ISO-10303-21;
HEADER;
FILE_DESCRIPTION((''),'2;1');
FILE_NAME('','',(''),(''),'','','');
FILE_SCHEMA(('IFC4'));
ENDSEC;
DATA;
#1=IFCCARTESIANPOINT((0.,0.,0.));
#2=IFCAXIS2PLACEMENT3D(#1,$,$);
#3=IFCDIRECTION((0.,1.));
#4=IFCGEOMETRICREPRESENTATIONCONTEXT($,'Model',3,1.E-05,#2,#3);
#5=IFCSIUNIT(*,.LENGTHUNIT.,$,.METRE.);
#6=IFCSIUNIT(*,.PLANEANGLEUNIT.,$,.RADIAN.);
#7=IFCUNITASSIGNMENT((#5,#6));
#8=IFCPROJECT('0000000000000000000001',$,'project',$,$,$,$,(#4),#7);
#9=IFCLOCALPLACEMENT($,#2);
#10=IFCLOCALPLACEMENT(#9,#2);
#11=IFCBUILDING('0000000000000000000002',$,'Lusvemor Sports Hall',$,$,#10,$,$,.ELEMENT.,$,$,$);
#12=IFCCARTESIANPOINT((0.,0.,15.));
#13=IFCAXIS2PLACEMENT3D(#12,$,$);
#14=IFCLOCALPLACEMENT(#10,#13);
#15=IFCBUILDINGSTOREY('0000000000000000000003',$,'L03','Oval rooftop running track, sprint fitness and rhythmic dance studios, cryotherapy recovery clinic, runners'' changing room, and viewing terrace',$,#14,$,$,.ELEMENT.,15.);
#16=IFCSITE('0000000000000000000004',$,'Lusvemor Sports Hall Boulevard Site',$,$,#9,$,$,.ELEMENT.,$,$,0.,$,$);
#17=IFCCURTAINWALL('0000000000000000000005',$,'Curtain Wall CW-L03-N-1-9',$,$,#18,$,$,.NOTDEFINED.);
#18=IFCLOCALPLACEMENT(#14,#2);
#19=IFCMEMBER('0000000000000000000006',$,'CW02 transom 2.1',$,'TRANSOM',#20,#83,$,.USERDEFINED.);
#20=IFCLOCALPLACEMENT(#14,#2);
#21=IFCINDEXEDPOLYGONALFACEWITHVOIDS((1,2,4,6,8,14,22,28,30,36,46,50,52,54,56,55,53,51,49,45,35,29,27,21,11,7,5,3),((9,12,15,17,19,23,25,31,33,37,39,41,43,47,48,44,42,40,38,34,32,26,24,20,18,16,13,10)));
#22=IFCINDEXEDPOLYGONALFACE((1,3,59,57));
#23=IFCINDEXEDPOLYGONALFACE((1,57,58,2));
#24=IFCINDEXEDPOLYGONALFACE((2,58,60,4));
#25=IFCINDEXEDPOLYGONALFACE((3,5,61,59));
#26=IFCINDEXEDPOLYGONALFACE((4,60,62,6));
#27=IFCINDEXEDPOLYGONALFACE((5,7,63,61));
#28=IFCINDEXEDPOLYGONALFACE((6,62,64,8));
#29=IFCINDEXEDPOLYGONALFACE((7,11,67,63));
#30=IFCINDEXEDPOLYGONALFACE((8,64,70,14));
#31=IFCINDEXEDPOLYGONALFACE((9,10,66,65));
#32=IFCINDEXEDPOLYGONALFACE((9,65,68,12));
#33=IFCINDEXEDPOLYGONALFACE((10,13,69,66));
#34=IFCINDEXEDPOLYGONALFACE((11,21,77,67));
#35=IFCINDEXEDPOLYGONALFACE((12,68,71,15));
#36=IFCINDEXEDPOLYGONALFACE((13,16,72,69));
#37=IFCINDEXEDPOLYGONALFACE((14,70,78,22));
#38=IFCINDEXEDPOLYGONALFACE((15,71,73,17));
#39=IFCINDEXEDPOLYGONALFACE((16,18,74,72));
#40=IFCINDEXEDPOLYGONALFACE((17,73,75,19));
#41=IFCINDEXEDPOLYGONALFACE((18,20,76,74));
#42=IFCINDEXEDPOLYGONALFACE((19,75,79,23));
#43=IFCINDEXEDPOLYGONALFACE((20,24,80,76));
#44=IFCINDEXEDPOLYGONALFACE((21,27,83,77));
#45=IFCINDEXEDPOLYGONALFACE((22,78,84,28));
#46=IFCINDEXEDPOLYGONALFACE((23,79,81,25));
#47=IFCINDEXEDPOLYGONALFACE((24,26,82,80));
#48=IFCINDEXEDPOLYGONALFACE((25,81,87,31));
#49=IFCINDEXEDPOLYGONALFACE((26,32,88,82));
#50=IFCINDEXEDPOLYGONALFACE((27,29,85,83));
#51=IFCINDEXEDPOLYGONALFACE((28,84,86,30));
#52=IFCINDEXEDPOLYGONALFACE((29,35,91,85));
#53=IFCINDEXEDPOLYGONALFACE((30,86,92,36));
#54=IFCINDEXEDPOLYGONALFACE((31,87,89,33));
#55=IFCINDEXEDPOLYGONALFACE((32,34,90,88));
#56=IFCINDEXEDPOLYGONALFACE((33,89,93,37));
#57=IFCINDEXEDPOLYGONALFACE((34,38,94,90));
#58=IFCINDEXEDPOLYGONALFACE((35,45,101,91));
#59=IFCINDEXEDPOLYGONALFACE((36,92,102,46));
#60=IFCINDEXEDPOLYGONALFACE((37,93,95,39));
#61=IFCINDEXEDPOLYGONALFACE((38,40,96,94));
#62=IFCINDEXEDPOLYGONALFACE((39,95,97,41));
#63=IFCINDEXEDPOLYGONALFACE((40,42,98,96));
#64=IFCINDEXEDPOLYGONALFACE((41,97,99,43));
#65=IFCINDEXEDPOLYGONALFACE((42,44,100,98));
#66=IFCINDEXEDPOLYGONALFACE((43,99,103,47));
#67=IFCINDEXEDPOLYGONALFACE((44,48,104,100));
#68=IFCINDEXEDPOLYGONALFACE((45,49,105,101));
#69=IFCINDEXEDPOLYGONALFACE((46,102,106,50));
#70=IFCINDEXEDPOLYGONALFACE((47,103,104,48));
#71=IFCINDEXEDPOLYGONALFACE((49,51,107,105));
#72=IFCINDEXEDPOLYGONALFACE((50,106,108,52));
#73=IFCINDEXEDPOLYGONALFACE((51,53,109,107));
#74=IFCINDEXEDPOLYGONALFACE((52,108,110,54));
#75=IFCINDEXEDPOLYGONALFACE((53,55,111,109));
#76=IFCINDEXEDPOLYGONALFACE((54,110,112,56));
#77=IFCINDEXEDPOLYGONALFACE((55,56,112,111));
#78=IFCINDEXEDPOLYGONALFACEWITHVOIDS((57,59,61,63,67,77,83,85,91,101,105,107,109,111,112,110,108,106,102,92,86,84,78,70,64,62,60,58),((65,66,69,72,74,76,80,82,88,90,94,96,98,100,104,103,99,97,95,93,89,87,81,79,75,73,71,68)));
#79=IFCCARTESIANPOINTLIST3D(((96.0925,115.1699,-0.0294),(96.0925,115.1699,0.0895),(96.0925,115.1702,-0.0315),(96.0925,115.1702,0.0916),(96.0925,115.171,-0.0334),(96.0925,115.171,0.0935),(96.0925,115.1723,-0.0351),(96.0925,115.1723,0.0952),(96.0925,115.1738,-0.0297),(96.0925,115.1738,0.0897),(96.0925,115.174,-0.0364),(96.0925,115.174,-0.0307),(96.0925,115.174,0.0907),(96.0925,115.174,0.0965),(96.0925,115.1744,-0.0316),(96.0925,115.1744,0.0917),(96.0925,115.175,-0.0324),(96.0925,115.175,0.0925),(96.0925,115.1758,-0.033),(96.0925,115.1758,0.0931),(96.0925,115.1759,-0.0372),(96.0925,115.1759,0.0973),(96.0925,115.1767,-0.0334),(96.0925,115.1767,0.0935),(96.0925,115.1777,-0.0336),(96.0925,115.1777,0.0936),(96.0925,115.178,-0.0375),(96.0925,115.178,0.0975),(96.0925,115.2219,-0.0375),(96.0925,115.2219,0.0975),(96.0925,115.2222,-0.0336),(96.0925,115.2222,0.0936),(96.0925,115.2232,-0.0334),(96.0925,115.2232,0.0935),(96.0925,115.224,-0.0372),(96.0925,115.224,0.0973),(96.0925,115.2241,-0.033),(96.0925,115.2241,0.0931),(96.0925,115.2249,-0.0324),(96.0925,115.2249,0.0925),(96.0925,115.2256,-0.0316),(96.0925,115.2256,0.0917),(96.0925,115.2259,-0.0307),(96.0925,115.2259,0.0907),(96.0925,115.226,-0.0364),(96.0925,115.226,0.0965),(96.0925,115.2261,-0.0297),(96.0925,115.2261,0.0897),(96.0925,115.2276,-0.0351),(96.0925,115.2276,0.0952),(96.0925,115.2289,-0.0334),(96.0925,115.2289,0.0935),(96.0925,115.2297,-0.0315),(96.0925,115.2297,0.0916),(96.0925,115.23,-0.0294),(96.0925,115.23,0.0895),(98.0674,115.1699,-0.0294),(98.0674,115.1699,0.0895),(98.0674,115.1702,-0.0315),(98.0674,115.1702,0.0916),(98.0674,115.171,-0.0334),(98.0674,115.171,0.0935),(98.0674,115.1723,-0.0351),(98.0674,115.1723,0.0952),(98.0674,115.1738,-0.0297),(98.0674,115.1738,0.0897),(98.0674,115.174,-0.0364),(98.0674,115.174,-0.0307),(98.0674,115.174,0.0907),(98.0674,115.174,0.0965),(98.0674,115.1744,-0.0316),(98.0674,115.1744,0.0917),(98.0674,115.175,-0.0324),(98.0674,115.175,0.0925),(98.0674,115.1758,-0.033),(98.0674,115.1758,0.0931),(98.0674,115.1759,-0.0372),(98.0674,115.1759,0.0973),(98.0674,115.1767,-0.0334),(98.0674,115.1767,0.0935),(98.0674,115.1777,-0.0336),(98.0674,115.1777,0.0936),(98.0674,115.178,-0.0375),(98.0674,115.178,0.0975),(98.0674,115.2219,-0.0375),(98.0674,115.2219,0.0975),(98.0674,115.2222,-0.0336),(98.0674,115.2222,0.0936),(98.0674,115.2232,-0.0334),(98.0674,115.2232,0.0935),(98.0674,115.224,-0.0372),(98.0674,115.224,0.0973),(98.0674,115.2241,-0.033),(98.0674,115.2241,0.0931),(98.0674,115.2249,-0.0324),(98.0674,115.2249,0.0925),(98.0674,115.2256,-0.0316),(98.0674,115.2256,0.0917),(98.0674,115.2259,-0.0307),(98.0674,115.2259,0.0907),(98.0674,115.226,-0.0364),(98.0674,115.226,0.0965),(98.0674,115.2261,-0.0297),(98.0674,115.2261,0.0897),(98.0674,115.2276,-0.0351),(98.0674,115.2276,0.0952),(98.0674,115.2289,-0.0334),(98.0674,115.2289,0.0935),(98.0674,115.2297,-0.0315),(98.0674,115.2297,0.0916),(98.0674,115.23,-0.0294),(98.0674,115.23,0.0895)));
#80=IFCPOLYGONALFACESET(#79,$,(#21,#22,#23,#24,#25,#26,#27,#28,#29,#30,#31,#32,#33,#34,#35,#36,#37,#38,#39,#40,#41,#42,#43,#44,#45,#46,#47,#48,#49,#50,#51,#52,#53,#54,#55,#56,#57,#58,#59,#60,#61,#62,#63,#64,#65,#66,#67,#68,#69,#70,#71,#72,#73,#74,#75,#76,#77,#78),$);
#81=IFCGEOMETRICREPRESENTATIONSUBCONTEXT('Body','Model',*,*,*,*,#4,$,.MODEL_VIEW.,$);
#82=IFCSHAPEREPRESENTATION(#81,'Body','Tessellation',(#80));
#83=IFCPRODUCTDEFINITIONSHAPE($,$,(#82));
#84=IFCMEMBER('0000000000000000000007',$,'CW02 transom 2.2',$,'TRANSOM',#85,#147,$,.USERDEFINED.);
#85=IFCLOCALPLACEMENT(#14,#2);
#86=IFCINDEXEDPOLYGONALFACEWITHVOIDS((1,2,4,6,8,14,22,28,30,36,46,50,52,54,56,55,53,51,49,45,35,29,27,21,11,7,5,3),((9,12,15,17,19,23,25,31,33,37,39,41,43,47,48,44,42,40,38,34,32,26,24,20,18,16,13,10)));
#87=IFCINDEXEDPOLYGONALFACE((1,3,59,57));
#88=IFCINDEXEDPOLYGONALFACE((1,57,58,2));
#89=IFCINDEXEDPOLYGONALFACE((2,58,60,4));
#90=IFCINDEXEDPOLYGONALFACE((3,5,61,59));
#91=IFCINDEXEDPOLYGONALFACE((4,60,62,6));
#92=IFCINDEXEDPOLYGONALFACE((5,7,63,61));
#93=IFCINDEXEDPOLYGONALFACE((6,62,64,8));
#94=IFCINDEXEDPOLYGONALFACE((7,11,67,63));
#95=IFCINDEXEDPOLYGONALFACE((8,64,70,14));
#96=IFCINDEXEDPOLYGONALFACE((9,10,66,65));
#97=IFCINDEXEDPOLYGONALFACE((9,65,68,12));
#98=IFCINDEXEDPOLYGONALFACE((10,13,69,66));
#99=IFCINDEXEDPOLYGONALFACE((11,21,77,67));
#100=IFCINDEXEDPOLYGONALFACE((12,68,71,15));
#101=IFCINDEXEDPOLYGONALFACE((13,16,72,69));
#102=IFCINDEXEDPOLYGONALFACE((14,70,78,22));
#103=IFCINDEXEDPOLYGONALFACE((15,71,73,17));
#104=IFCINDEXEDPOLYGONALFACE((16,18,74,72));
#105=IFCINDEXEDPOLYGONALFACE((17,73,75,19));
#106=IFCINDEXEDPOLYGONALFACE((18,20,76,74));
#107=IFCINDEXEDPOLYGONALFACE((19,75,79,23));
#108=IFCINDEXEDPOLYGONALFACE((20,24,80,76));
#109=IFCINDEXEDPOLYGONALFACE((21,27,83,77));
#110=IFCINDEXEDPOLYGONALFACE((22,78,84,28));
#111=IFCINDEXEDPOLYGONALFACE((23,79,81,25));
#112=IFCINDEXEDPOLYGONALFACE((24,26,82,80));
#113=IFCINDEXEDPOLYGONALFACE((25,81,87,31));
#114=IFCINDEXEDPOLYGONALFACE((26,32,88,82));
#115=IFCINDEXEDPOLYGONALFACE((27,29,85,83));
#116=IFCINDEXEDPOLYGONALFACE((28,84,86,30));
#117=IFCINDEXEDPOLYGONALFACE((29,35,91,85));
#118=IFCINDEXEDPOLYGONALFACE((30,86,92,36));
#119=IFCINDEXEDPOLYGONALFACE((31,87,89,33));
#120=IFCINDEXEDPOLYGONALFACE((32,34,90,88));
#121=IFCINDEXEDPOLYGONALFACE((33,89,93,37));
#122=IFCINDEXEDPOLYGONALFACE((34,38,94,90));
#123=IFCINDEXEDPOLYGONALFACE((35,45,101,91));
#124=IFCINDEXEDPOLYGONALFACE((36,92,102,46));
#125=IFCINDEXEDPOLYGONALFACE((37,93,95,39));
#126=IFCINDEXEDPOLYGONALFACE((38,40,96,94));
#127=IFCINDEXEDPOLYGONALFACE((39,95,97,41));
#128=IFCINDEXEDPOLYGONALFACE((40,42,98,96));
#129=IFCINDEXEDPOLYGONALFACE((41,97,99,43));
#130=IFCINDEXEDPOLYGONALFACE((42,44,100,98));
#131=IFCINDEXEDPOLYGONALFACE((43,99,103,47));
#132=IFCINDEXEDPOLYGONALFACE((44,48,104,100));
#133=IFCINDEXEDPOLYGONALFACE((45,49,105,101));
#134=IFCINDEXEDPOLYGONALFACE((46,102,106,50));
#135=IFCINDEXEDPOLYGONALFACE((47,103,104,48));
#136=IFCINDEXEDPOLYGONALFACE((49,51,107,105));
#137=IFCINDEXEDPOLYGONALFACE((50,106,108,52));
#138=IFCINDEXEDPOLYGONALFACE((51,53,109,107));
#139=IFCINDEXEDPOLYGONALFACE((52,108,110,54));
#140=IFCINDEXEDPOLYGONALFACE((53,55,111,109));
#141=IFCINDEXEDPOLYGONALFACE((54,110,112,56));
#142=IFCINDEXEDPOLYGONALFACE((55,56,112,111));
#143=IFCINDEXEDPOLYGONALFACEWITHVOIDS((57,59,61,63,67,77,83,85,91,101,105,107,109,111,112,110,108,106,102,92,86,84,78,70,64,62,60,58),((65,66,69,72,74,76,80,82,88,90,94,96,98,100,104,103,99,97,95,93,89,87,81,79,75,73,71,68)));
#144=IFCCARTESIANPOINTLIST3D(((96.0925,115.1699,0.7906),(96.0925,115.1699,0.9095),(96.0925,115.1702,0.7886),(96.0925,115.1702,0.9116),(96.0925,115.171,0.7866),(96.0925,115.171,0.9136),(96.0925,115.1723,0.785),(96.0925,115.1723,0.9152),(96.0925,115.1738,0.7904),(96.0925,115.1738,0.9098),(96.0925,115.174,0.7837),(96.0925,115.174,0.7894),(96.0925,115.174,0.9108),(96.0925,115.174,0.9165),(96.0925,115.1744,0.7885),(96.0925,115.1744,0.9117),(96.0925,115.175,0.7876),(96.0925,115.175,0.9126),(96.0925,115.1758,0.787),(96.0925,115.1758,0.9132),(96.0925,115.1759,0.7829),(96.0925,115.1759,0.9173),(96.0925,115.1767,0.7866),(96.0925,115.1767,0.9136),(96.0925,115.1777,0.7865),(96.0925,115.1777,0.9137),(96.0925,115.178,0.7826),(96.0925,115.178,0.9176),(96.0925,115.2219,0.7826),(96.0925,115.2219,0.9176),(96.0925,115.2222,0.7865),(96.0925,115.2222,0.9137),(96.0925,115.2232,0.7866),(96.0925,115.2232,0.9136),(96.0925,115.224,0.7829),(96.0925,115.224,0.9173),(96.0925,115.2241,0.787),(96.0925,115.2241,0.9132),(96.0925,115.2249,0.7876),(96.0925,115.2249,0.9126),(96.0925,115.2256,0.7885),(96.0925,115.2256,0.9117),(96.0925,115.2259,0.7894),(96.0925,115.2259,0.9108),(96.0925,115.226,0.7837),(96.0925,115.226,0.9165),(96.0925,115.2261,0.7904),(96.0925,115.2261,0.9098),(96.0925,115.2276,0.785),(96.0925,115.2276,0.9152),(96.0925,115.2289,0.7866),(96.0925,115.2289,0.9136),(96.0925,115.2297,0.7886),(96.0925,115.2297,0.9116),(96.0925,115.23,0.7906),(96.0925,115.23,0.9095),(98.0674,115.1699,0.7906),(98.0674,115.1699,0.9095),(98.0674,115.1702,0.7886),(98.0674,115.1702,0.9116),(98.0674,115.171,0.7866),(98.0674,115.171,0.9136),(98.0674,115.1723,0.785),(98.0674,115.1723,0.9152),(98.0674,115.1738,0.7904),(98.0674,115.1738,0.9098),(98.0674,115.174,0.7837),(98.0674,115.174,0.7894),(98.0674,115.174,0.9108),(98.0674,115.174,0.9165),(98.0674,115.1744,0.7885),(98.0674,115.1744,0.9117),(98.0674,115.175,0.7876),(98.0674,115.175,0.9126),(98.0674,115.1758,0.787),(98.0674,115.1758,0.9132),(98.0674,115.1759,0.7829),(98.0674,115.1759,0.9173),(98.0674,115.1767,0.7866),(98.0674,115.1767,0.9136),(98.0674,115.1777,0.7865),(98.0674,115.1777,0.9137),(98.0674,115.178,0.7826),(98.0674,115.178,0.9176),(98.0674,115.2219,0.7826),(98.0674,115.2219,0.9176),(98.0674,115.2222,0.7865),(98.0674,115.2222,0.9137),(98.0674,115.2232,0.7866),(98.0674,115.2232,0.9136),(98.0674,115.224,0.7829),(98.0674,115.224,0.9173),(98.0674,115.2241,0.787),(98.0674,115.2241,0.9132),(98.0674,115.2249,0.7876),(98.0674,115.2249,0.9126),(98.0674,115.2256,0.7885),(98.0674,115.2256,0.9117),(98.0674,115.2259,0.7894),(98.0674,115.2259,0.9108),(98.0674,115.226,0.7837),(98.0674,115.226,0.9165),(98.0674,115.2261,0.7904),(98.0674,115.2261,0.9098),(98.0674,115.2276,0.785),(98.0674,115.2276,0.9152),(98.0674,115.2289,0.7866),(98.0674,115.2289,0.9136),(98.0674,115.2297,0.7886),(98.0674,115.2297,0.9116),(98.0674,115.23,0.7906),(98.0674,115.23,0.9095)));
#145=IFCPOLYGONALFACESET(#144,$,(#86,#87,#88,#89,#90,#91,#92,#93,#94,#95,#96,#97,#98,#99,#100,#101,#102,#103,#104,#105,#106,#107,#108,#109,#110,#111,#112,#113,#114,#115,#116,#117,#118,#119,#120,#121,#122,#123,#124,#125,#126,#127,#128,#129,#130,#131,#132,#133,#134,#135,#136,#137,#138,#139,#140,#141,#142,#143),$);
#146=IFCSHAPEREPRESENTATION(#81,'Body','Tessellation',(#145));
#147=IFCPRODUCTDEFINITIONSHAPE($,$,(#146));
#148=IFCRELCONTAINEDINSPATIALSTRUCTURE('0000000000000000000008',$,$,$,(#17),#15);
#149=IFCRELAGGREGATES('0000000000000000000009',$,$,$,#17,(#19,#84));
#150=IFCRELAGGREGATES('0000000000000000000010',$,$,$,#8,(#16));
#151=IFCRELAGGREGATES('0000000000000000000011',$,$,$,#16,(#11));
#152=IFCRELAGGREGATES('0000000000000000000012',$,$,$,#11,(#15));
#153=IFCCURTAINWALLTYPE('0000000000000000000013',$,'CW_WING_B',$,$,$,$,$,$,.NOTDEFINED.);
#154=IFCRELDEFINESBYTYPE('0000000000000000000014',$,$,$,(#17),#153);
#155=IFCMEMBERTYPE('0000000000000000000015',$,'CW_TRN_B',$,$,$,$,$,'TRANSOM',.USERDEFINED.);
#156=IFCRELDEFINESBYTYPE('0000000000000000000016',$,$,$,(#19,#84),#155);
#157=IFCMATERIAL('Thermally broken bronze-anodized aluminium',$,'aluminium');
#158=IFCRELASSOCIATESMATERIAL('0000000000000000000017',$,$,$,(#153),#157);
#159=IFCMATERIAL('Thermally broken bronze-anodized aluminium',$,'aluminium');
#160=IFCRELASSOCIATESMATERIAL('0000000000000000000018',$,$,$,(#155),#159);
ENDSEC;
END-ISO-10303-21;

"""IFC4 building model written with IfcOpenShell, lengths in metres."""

from ifc_helpers import new_model, si_unit, direction, frame, origin, origin_2d, place, context, subcontext, project, spatial, hollow_rectangle, extrude, material, material_profile, profile_set, type_object, element, aggregate, save


model = new_model("IFC4")

# Units and contexts
model_context = context("Model", 3, precision=1e-05, world=origin(), true_north=direction((0.0, 1.0)))
body_context = subcontext(model_context, "Body", "Model", "MODEL_VIEW")
ifc_project = project(units=[si_unit("LENGTHUNIT", "METRE"), si_unit("PLANEANGLEUNIT", "RADIAN")], contexts=[model_context])

# Site, building, storey
site_placement = place(None, origin())
site = spatial("IfcSite", under=ifc_project, at=site_placement, Name="Lusvemor Sports Hall Boulevard Site", CompositionType="ELEMENT", RefElevation=0.0)
building_placement = place(site_placement, origin())
building = spatial("IfcBuilding", under=site, at=building_placement, Name="Lusvemor Sports Hall", CompositionType="ELEMENT")
storey_placement = place(building_placement, frame((0.0, 0.0, 15.0)))
storey = spatial("IfcBuildingStorey", under=building, at=storey_placement, Name="L03", Description="Oval rooftop running track, sprint fitness and rhythmic dance studios, cryotherapy recovery clinic, runners' changing room, and viewing terrace", CompositionType="ELEMENT", Elevation=15.0)

# Curtain wall, members
ifc_material_1 = material(Name="Thermally broken bronze-anodized aluminium", Category="aluminium")
curtain_wall_type = type_object("IfcCurtainWallType", Name="CW_WING_B", PredefinedType="NOTDEFINED", material=ifc_material_1)
curtain_wall_placement = place(storey_placement, origin())
curtain_wall = element("IfcCurtainWall", 1, at=curtain_wall_placement, inside=storey, type_object=curtain_wall_type, Name="Curtain Wall CW-L03-N-1-9", PredefinedType="NOTDEFINED")
ifc_material_2 = material(Name="Thermally broken bronze-anodized aluminium", Category="aluminium")
ifc_material_profile_1 = material_profile(ifc_material_2, hollow_rectangle(XDim=0.0601, YDim=0.135, WallThickness=0.0039, InnerFilletRadius=0.0039, OuterFilletRadius=0.0081, at=origin_2d()), Name="CWTRN135x60x4")
ifc_profile_set_1 = profile_set([ifc_material_profile_1], Name="Thermally broken bronze-anodized aluminium")
member_type_1 = type_object("IfcMemberType", Name="CW_TRN_B", ElementType="TRANSOM", PredefinedType="USERDEFINED", material=ifc_profile_set_1)
member_1_placement = place(storey_placement, frame((96.0925, 115.2, 0.03), z_axis=(1.0, 0.0, 0.0), x_axis=(0.0, 1.0, 0.0)))
member_1 = element("IfcMember", 2, at=member_1_placement, type_object=member_type_1, Name="CW02 transom 2.1", ObjectType="TRANSOM", PredefinedType="USERDEFINED", context=body_context, shape_type="SweptSolid", body=[
    extrude(hollow_rectangle(XDim=0.0601, YDim=0.135, WallThickness=0.0039, InnerFilletRadius=0.0039, OuterFilletRadius=0.0081, at=origin_2d()), origin(), (0.0, 0.0, 1.0), 1.9749),
])
member_2_placement = place(storey_placement, frame((96.0925, 115.2, 0.8501), z_axis=(1.0, 0.0, 0.0), x_axis=(0.0, 1.0, 0.0)))
member_2 = element("IfcMember", 3, at=member_2_placement, type_object=member_type_1, Name="CW02 transom 2.2", ObjectType="TRANSOM", PredefinedType="USERDEFINED", context=body_context, shape_type="SweptSolid", body=[
    extrude(hollow_rectangle(XDim=0.0601, YDim=0.135, WallThickness=0.0039, InnerFilletRadius=0.0039, OuterFilletRadius=0.0081, at=origin_2d()), origin(), (0.0, 0.0, 1.0), 1.9749),
])

aggregate(curtain_wall, [member_1, member_2])

save(model, "model.ifc")
